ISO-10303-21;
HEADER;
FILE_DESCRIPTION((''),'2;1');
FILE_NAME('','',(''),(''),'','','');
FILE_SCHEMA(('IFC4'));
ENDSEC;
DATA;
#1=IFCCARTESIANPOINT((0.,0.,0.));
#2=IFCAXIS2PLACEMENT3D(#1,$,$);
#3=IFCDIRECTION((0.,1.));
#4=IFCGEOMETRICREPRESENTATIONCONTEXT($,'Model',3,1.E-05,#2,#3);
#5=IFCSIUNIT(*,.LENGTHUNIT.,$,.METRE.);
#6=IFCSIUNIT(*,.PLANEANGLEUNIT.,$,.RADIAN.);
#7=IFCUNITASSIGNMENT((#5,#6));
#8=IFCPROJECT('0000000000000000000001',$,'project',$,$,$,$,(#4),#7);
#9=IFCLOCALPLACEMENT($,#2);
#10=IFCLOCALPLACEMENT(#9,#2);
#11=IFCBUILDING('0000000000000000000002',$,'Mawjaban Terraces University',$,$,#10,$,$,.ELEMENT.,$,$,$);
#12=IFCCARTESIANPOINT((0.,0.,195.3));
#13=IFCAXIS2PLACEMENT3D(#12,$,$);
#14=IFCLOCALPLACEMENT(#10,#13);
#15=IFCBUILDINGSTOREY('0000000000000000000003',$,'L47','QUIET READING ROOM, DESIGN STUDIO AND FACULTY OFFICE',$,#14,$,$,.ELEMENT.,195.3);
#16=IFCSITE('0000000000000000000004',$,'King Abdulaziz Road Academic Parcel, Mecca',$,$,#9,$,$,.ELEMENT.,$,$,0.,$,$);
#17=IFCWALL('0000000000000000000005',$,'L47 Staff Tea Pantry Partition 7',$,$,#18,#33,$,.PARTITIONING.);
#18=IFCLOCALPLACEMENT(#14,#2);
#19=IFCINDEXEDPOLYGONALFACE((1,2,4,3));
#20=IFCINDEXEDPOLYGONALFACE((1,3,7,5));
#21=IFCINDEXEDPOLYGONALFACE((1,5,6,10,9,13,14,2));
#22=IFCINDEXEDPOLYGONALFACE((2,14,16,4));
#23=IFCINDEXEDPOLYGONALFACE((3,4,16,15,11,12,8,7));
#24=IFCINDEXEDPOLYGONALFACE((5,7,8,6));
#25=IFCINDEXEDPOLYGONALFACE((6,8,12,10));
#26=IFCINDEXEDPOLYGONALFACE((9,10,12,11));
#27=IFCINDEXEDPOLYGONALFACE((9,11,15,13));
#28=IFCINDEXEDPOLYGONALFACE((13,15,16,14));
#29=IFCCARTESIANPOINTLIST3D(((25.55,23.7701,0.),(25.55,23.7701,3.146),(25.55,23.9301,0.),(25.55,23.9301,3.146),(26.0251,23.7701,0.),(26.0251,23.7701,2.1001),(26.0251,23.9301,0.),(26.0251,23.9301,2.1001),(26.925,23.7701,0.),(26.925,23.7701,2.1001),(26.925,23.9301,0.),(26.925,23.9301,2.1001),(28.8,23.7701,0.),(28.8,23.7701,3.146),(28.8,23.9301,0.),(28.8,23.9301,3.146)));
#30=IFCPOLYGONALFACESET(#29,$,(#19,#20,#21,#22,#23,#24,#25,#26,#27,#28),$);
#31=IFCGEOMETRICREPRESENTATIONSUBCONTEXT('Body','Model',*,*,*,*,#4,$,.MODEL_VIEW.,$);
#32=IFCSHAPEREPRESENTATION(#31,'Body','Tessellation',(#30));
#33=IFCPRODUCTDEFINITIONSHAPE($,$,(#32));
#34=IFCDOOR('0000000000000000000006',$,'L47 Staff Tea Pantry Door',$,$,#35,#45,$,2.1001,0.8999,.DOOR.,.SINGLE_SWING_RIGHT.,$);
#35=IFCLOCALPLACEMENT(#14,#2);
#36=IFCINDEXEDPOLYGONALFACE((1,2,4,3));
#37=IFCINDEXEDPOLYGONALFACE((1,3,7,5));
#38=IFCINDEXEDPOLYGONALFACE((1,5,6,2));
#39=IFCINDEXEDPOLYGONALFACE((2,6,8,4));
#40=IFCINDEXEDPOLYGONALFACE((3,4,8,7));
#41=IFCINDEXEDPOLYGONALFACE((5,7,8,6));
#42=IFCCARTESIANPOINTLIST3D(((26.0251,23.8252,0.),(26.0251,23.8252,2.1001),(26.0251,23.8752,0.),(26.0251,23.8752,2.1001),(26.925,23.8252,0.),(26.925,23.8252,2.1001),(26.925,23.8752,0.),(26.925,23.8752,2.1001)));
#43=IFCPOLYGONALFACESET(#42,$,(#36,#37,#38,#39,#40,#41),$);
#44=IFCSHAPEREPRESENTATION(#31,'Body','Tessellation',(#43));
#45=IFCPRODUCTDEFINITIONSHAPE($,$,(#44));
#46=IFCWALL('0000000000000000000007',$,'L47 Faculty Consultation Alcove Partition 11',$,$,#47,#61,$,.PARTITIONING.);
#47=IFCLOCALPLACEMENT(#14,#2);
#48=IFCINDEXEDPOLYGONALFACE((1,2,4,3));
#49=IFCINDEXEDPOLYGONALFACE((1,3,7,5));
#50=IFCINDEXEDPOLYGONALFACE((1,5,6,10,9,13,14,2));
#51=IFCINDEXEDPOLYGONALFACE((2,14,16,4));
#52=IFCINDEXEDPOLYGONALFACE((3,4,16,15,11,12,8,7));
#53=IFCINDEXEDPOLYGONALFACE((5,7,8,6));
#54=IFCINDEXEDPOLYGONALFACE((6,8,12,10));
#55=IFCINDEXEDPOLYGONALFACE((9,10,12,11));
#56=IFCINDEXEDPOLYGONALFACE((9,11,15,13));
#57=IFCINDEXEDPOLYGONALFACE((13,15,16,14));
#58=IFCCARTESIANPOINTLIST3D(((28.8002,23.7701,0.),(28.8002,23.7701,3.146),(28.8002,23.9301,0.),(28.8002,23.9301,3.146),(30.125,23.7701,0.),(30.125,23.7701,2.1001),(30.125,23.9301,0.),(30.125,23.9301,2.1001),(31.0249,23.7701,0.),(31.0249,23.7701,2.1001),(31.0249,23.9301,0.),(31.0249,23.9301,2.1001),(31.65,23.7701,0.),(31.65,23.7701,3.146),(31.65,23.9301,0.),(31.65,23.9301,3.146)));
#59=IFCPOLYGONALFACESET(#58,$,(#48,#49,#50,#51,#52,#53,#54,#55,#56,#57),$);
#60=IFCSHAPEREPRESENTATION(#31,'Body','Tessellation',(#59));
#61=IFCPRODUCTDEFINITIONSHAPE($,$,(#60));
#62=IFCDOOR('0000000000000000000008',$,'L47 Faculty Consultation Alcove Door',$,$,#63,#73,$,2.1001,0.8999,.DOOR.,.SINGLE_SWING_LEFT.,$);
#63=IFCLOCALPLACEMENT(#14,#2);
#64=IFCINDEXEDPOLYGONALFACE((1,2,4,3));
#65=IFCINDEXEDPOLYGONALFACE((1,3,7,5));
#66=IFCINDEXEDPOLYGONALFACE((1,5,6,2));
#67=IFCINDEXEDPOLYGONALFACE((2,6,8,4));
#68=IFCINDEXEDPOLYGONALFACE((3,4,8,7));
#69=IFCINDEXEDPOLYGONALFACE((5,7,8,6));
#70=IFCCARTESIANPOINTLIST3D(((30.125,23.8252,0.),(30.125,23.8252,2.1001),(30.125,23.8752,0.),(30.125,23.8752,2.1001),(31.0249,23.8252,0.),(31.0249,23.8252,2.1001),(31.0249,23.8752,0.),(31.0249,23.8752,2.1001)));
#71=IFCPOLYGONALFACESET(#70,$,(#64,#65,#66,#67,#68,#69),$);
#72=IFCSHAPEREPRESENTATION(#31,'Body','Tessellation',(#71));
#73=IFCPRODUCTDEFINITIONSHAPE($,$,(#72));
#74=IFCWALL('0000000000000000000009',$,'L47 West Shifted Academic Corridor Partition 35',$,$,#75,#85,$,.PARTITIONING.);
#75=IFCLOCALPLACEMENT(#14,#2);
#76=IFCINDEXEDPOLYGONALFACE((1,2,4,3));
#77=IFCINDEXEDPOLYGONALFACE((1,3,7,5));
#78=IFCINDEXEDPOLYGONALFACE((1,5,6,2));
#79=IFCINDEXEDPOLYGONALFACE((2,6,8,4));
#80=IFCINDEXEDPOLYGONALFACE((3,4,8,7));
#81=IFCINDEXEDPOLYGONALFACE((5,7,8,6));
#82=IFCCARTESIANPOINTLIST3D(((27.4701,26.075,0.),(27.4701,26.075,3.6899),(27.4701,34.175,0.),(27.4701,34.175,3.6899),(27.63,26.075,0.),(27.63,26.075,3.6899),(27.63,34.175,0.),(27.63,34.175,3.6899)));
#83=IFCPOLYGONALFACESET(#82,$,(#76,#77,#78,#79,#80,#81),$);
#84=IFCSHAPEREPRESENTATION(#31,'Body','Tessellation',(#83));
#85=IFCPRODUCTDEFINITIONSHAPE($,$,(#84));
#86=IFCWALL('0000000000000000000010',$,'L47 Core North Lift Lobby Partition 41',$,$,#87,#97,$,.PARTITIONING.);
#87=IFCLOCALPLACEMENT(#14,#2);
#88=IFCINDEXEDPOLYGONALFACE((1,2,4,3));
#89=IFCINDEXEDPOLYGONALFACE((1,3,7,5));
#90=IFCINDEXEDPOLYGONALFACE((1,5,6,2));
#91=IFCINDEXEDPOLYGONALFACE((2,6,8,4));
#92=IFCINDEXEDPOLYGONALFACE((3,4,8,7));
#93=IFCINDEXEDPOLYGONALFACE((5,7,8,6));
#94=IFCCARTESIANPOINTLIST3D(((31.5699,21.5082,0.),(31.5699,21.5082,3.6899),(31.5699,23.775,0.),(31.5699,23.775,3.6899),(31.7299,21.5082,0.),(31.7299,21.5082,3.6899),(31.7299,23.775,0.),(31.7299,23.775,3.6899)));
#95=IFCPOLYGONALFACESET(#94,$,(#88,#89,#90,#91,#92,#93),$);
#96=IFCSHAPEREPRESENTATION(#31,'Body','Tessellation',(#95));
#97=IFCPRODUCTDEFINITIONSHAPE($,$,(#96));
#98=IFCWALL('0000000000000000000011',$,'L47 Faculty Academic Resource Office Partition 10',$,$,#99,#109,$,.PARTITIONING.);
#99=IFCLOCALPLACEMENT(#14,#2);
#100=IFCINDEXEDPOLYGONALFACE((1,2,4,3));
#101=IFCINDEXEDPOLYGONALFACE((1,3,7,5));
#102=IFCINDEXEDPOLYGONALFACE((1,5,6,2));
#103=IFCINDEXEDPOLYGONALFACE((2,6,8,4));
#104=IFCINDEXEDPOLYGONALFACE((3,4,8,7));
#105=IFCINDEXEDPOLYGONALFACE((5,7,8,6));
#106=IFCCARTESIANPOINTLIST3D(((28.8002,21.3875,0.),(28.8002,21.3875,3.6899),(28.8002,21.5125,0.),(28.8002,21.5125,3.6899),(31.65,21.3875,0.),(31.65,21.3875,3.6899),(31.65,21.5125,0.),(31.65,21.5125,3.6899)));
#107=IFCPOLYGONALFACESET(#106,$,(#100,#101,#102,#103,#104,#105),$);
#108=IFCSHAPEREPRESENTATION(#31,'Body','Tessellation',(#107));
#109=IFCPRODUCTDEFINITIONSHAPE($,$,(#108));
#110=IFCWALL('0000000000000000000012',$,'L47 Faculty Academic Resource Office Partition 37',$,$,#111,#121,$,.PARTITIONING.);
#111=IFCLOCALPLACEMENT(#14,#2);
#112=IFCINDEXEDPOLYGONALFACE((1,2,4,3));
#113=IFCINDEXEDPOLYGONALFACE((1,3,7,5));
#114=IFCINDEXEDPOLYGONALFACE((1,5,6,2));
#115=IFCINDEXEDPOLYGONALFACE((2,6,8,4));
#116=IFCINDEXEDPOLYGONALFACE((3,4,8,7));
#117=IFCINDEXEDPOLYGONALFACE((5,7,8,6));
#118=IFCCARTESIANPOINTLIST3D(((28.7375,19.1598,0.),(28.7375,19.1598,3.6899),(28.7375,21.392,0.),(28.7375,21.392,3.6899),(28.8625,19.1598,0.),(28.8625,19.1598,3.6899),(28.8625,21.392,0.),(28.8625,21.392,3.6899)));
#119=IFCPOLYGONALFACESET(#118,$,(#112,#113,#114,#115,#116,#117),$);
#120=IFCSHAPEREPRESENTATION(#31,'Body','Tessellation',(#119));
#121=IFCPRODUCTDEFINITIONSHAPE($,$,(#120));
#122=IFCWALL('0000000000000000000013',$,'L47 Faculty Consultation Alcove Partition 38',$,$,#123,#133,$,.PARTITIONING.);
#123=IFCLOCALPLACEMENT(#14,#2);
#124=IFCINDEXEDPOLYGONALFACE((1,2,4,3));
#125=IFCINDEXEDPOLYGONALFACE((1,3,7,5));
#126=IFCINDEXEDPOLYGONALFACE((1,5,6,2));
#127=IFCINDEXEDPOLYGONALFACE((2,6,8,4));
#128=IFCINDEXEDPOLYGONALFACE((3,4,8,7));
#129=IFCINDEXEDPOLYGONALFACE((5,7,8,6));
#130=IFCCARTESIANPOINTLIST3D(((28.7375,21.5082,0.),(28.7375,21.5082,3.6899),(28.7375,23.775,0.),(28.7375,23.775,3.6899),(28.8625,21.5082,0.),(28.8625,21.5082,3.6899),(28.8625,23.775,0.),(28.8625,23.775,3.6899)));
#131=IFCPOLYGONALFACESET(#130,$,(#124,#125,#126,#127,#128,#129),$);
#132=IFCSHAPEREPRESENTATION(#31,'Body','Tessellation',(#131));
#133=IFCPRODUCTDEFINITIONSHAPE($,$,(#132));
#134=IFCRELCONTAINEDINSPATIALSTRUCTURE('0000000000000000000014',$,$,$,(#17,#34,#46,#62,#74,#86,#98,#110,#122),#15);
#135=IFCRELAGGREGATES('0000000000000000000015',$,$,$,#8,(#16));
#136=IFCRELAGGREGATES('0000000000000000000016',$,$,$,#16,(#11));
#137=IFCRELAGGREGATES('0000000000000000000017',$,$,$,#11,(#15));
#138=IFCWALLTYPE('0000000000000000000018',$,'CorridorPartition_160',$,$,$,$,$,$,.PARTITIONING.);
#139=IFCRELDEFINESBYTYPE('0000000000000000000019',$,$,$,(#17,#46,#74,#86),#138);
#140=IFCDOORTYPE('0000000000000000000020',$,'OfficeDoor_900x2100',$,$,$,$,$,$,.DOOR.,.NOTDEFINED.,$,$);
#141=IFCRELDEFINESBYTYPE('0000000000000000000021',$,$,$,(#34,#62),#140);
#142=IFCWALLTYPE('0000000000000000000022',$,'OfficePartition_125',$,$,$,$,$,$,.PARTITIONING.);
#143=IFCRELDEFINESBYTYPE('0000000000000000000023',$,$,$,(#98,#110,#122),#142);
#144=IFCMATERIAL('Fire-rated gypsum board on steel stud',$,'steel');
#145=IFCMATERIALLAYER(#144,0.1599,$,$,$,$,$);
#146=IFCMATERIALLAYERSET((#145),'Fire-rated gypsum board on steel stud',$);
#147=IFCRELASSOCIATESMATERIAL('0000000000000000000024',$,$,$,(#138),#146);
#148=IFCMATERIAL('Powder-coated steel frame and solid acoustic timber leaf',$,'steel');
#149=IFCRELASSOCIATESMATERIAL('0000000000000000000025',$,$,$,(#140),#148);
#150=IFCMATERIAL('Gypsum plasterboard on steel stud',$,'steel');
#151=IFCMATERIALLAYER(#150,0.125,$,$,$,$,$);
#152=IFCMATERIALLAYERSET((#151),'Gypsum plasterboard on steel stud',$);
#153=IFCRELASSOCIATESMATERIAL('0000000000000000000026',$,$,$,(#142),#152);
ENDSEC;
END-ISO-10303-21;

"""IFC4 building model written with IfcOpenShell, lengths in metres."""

from ifc_helpers import new_model, si_unit, direction, frame, frame_2d, origin, place, context, subcontext, project, spatial, rectangle, extrude, material, layer, layer_set, type_object, element, fill, save


model = new_model("IFC4")

# Units and contexts
model_context = context("Model", 3, precision=1e-05, world=origin(), true_north=direction((0.0, 1.0)))
body_context = subcontext(model_context, "Body", "Model", "MODEL_VIEW")
ifc_project = project(units=[si_unit("LENGTHUNIT", "METRE"), si_unit("PLANEANGLEUNIT", "RADIAN")], contexts=[model_context])

# Site, building, storey
site_placement = place(None, origin())
site = spatial("IfcSite", under=ifc_project, at=site_placement, Name="King Abdulaziz Road Academic Parcel, Mecca", CompositionType="ELEMENT", RefElevation=0.0)
building_placement = place(site_placement, origin())
building = spatial("IfcBuilding", under=site, at=building_placement, Name="Mawjaban Terraces University", CompositionType="ELEMENT")
storey_placement = place(building_placement, frame((0.0, 0.0, 195.3)))
storey = spatial("IfcBuildingStorey", under=building, at=storey_placement, Name="L47", Description="QUIET READING ROOM, DESIGN STUDIO AND FACULTY OFFICE", CompositionType="ELEMENT", Elevation=195.3)

# Shared definitions
ifc_material_1 = material(Name="Fire-rated gypsum board on steel stud", Category="steel")
ifc_layer_1 = layer(ifc_material_1, 0.1599)
ifc_layer_set_1 = layer_set([ifc_layer_1], Name="Fire-rated gypsum board on steel stud")
wall_type_1 = type_object("IfcWallType", Name="CorridorPartition_160", PredefinedType="PARTITIONING", material=ifc_layer_set_1)

# Walls, openings, doors
ifc_material_2 = material(Name="Powder-coated steel frame and solid acoustic timber leaf", Category="steel")
wall_1_placement = place(storey_placement, frame((28.8, 23.8501, 0.0), z_axis=(0.0, 0.0, 1.0), x_axis=(-1.0, 0.0, 0.0)))
wall_1 = element("IfcWall", 1, at=wall_1_placement, inside=storey, type_object=wall_type_1, Name="L47 Staff Tea Pantry Partition 7", PredefinedType="PARTITIONING", context=body_context, shape_type="SweptSolid", body=[
    extrude(rectangle(XDim=3.25, YDim=0.1599, at=frame_2d((1.625, 0.0))), origin(), (0.0, 0.0, 1.0), 3.146),
])
opening_1_placement = place(wall_1_placement, frame((1.875, 0.0, 0.0)))
opening_1 = element("IfcOpeningElement", 2, at=opening_1_placement, cuts=wall_1, PredefinedType="OPENING", context=body_context, shape_type="SweptSolid", body=[
    extrude(rectangle(XDim=0.8999, YDim=2.1001, at=frame_2d((0.45, 1.05))), frame((0.0, 0.0898, 0.0), z_axis=(0.0, -1.0, 0.0), x_axis=(1.0, 0.0, 0.0)), (0.0, 0.0, 1.0), 0.1799),
])
door_type_1 = type_object("IfcDoorType", Name="OfficeDoor_900x2100", OperationType="NOTDEFINED", PredefinedType="DOOR", material=ifc_material_2)
door_1_placement = place(opening_1_placement, origin())
door_1 = element("IfcDoor", 3, at=door_1_placement, inside=storey, type_object=door_type_1, Name="L47 Staff Tea Pantry Door", OperationType="SINGLE_SWING_RIGHT", OverallHeight=2.1001, OverallWidth=0.8999, PredefinedType="DOOR", context=body_context, shape_type="SweptSolid", body=[
    extrude(rectangle(XDim=0.8999, YDim=2.1001, at=frame_2d((0.45, 1.05))), frame((0.0, 0.0249, 0.0), z_axis=(0.0, -1.0, 0.0), x_axis=(1.0, 0.0, 0.0)), (0.0, 0.0, 1.0), 0.05),
])
fill(opening_1, door_1)
wall_2_placement = place(storey_placement, frame((31.6499, 23.8501, 0.0), z_axis=(0.0, 0.0, 1.0), x_axis=(-1.0, 0.0, 0.0)))
wall_2 = element("IfcWall", 4, at=wall_2_placement, inside=storey, type_object=wall_type_1, Name="L47 Faculty Consultation Alcove Partition 11", PredefinedType="PARTITIONING", context=body_context, shape_type="SweptSolid", body=[
    extrude(rectangle(XDim=2.8499, YDim=0.1599, at=frame_2d((1.4248, 0.0))), origin(), (0.0, 0.0, 1.0), 3.146),
])
opening_2_placement = place(wall_2_placement, frame((0.625, 0.0, 0.0)))
opening_2 = element("IfcOpeningElement", 5, at=opening_2_placement, cuts=wall_2, PredefinedType="OPENING", context=body_context, shape_type="SweptSolid", body=[
    extrude(rectangle(XDim=0.8999, YDim=2.1001, at=frame_2d((0.45, 1.05))), frame((0.0, 0.0898, 0.0), z_axis=(0.0, -1.0, 0.0), x_axis=(1.0, 0.0, 0.0)), (0.0, 0.0, 1.0), 0.1799),
])
door_2_placement = place(opening_2_placement, origin())
door_2 = element("IfcDoor", 6, at=door_2_placement, inside=storey, type_object=door_type_1, Name="L47 Faculty Consultation Alcove Door", OperationType="SINGLE_SWING_LEFT", OverallHeight=2.1001, OverallWidth=0.8999, PredefinedType="DOOR", context=body_context, shape_type="SweptSolid", body=[
    extrude(rectangle(XDim=0.8999, YDim=2.1001, at=frame_2d((0.45, 1.05))), frame((0.0, 0.0249, 0.0), z_axis=(0.0, -1.0, 0.0), x_axis=(1.0, 0.0, 0.0)), (0.0, 0.0, 1.0), 0.05),
])
fill(opening_2, door_2)

# Walls
wall_3_placement = place(storey_placement, frame((27.55, 26.075, 0.0), z_axis=(0.0, 0.0, 1.0), x_axis=(0.0, 1.0, 0.0)))
element("IfcWall", 7, at=wall_3_placement, inside=storey, type_object=wall_type_1, Name="L47 West Shifted Academic Corridor Partition 35", PredefinedType="PARTITIONING", context=body_context, shape_type="SweptSolid", body=[
    extrude(rectangle(XDim=8.1001, YDim=0.1599, at=frame_2d((4.05, 0.0))), origin(), (0.0, 0.0, 1.0), 3.6899),
])
wall_4_placement = place(storey_placement, frame((31.6499, 23.7749, 0.0), z_axis=(0.0, 0.0, 1.0), x_axis=(0.0, -1.0, 0.0)))
element("IfcWall", 8, at=wall_4_placement, inside=storey, type_object=wall_type_1, Name="L47 Core North Lift Lobby Partition 41", PredefinedType="PARTITIONING", context=body_context, shape_type="SweptSolid", body=[
    extrude(rectangle(XDim=2.2668, YDim=0.1599, at=frame_2d((1.1333, 0.0))), origin(), (0.0, 0.0, 1.0), 3.6899),
])
ifc_material_3 = material(Name="Gypsum plasterboard on steel stud", Category="steel")
ifc_layer_2 = layer(ifc_material_3, 0.125)
ifc_layer_set_2 = layer_set([ifc_layer_2], Name="Gypsum plasterboard on steel stud")
wall_type_2 = type_object("IfcWallType", Name="OfficePartition_125", PredefinedType="PARTITIONING", material=ifc_layer_set_2)
wall_5_placement = place(storey_placement, frame((31.6499, 21.45, 0.0), z_axis=(0.0, 0.0, 1.0), x_axis=(-1.0, 0.0, 0.0)))
element("IfcWall", 9, at=wall_5_placement, inside=storey, type_object=wall_type_2, Name="L47 Faculty Academic Resource Office Partition 10", PredefinedType="PARTITIONING", context=body_context, shape_type="SweptSolid", body=[
    extrude(rectangle(XDim=2.8499, YDim=0.125, at=frame_2d((1.4248, 0.0))), origin(), (0.0, 0.0, 1.0), 3.6899),
])
wall_6_placement = place(storey_placement, frame((28.8, 21.3921, 0.0), z_axis=(0.0, 0.0, 1.0), x_axis=(0.0, -1.0, 0.0)))
element("IfcWall", 10, at=wall_6_placement, inside=storey, type_object=wall_type_2, Name="L47 Faculty Academic Resource Office Partition 37", PredefinedType="PARTITIONING", context=body_context, shape_type="SweptSolid", body=[
    extrude(rectangle(XDim=2.2322, YDim=0.125, at=frame_2d((1.1162, 0.0))), origin(), (0.0, 0.0, 1.0), 3.6899),
])
wall_7_placement = place(storey_placement, frame((28.8, 23.7749, 0.0), z_axis=(0.0, 0.0, 1.0), x_axis=(0.0, -1.0, 0.0)))
element("IfcWall", 11, at=wall_7_placement, inside=storey, type_object=wall_type_2, Name="L47 Faculty Consultation Alcove Partition 38", PredefinedType="PARTITIONING", context=body_context, shape_type="SweptSolid", body=[
    extrude(rectangle(XDim=2.2668, YDim=0.125, at=frame_2d((1.1333, 0.0))), origin(), (0.0, 0.0, 1.0), 3.6899),
])

save(model, "model.ifc")
